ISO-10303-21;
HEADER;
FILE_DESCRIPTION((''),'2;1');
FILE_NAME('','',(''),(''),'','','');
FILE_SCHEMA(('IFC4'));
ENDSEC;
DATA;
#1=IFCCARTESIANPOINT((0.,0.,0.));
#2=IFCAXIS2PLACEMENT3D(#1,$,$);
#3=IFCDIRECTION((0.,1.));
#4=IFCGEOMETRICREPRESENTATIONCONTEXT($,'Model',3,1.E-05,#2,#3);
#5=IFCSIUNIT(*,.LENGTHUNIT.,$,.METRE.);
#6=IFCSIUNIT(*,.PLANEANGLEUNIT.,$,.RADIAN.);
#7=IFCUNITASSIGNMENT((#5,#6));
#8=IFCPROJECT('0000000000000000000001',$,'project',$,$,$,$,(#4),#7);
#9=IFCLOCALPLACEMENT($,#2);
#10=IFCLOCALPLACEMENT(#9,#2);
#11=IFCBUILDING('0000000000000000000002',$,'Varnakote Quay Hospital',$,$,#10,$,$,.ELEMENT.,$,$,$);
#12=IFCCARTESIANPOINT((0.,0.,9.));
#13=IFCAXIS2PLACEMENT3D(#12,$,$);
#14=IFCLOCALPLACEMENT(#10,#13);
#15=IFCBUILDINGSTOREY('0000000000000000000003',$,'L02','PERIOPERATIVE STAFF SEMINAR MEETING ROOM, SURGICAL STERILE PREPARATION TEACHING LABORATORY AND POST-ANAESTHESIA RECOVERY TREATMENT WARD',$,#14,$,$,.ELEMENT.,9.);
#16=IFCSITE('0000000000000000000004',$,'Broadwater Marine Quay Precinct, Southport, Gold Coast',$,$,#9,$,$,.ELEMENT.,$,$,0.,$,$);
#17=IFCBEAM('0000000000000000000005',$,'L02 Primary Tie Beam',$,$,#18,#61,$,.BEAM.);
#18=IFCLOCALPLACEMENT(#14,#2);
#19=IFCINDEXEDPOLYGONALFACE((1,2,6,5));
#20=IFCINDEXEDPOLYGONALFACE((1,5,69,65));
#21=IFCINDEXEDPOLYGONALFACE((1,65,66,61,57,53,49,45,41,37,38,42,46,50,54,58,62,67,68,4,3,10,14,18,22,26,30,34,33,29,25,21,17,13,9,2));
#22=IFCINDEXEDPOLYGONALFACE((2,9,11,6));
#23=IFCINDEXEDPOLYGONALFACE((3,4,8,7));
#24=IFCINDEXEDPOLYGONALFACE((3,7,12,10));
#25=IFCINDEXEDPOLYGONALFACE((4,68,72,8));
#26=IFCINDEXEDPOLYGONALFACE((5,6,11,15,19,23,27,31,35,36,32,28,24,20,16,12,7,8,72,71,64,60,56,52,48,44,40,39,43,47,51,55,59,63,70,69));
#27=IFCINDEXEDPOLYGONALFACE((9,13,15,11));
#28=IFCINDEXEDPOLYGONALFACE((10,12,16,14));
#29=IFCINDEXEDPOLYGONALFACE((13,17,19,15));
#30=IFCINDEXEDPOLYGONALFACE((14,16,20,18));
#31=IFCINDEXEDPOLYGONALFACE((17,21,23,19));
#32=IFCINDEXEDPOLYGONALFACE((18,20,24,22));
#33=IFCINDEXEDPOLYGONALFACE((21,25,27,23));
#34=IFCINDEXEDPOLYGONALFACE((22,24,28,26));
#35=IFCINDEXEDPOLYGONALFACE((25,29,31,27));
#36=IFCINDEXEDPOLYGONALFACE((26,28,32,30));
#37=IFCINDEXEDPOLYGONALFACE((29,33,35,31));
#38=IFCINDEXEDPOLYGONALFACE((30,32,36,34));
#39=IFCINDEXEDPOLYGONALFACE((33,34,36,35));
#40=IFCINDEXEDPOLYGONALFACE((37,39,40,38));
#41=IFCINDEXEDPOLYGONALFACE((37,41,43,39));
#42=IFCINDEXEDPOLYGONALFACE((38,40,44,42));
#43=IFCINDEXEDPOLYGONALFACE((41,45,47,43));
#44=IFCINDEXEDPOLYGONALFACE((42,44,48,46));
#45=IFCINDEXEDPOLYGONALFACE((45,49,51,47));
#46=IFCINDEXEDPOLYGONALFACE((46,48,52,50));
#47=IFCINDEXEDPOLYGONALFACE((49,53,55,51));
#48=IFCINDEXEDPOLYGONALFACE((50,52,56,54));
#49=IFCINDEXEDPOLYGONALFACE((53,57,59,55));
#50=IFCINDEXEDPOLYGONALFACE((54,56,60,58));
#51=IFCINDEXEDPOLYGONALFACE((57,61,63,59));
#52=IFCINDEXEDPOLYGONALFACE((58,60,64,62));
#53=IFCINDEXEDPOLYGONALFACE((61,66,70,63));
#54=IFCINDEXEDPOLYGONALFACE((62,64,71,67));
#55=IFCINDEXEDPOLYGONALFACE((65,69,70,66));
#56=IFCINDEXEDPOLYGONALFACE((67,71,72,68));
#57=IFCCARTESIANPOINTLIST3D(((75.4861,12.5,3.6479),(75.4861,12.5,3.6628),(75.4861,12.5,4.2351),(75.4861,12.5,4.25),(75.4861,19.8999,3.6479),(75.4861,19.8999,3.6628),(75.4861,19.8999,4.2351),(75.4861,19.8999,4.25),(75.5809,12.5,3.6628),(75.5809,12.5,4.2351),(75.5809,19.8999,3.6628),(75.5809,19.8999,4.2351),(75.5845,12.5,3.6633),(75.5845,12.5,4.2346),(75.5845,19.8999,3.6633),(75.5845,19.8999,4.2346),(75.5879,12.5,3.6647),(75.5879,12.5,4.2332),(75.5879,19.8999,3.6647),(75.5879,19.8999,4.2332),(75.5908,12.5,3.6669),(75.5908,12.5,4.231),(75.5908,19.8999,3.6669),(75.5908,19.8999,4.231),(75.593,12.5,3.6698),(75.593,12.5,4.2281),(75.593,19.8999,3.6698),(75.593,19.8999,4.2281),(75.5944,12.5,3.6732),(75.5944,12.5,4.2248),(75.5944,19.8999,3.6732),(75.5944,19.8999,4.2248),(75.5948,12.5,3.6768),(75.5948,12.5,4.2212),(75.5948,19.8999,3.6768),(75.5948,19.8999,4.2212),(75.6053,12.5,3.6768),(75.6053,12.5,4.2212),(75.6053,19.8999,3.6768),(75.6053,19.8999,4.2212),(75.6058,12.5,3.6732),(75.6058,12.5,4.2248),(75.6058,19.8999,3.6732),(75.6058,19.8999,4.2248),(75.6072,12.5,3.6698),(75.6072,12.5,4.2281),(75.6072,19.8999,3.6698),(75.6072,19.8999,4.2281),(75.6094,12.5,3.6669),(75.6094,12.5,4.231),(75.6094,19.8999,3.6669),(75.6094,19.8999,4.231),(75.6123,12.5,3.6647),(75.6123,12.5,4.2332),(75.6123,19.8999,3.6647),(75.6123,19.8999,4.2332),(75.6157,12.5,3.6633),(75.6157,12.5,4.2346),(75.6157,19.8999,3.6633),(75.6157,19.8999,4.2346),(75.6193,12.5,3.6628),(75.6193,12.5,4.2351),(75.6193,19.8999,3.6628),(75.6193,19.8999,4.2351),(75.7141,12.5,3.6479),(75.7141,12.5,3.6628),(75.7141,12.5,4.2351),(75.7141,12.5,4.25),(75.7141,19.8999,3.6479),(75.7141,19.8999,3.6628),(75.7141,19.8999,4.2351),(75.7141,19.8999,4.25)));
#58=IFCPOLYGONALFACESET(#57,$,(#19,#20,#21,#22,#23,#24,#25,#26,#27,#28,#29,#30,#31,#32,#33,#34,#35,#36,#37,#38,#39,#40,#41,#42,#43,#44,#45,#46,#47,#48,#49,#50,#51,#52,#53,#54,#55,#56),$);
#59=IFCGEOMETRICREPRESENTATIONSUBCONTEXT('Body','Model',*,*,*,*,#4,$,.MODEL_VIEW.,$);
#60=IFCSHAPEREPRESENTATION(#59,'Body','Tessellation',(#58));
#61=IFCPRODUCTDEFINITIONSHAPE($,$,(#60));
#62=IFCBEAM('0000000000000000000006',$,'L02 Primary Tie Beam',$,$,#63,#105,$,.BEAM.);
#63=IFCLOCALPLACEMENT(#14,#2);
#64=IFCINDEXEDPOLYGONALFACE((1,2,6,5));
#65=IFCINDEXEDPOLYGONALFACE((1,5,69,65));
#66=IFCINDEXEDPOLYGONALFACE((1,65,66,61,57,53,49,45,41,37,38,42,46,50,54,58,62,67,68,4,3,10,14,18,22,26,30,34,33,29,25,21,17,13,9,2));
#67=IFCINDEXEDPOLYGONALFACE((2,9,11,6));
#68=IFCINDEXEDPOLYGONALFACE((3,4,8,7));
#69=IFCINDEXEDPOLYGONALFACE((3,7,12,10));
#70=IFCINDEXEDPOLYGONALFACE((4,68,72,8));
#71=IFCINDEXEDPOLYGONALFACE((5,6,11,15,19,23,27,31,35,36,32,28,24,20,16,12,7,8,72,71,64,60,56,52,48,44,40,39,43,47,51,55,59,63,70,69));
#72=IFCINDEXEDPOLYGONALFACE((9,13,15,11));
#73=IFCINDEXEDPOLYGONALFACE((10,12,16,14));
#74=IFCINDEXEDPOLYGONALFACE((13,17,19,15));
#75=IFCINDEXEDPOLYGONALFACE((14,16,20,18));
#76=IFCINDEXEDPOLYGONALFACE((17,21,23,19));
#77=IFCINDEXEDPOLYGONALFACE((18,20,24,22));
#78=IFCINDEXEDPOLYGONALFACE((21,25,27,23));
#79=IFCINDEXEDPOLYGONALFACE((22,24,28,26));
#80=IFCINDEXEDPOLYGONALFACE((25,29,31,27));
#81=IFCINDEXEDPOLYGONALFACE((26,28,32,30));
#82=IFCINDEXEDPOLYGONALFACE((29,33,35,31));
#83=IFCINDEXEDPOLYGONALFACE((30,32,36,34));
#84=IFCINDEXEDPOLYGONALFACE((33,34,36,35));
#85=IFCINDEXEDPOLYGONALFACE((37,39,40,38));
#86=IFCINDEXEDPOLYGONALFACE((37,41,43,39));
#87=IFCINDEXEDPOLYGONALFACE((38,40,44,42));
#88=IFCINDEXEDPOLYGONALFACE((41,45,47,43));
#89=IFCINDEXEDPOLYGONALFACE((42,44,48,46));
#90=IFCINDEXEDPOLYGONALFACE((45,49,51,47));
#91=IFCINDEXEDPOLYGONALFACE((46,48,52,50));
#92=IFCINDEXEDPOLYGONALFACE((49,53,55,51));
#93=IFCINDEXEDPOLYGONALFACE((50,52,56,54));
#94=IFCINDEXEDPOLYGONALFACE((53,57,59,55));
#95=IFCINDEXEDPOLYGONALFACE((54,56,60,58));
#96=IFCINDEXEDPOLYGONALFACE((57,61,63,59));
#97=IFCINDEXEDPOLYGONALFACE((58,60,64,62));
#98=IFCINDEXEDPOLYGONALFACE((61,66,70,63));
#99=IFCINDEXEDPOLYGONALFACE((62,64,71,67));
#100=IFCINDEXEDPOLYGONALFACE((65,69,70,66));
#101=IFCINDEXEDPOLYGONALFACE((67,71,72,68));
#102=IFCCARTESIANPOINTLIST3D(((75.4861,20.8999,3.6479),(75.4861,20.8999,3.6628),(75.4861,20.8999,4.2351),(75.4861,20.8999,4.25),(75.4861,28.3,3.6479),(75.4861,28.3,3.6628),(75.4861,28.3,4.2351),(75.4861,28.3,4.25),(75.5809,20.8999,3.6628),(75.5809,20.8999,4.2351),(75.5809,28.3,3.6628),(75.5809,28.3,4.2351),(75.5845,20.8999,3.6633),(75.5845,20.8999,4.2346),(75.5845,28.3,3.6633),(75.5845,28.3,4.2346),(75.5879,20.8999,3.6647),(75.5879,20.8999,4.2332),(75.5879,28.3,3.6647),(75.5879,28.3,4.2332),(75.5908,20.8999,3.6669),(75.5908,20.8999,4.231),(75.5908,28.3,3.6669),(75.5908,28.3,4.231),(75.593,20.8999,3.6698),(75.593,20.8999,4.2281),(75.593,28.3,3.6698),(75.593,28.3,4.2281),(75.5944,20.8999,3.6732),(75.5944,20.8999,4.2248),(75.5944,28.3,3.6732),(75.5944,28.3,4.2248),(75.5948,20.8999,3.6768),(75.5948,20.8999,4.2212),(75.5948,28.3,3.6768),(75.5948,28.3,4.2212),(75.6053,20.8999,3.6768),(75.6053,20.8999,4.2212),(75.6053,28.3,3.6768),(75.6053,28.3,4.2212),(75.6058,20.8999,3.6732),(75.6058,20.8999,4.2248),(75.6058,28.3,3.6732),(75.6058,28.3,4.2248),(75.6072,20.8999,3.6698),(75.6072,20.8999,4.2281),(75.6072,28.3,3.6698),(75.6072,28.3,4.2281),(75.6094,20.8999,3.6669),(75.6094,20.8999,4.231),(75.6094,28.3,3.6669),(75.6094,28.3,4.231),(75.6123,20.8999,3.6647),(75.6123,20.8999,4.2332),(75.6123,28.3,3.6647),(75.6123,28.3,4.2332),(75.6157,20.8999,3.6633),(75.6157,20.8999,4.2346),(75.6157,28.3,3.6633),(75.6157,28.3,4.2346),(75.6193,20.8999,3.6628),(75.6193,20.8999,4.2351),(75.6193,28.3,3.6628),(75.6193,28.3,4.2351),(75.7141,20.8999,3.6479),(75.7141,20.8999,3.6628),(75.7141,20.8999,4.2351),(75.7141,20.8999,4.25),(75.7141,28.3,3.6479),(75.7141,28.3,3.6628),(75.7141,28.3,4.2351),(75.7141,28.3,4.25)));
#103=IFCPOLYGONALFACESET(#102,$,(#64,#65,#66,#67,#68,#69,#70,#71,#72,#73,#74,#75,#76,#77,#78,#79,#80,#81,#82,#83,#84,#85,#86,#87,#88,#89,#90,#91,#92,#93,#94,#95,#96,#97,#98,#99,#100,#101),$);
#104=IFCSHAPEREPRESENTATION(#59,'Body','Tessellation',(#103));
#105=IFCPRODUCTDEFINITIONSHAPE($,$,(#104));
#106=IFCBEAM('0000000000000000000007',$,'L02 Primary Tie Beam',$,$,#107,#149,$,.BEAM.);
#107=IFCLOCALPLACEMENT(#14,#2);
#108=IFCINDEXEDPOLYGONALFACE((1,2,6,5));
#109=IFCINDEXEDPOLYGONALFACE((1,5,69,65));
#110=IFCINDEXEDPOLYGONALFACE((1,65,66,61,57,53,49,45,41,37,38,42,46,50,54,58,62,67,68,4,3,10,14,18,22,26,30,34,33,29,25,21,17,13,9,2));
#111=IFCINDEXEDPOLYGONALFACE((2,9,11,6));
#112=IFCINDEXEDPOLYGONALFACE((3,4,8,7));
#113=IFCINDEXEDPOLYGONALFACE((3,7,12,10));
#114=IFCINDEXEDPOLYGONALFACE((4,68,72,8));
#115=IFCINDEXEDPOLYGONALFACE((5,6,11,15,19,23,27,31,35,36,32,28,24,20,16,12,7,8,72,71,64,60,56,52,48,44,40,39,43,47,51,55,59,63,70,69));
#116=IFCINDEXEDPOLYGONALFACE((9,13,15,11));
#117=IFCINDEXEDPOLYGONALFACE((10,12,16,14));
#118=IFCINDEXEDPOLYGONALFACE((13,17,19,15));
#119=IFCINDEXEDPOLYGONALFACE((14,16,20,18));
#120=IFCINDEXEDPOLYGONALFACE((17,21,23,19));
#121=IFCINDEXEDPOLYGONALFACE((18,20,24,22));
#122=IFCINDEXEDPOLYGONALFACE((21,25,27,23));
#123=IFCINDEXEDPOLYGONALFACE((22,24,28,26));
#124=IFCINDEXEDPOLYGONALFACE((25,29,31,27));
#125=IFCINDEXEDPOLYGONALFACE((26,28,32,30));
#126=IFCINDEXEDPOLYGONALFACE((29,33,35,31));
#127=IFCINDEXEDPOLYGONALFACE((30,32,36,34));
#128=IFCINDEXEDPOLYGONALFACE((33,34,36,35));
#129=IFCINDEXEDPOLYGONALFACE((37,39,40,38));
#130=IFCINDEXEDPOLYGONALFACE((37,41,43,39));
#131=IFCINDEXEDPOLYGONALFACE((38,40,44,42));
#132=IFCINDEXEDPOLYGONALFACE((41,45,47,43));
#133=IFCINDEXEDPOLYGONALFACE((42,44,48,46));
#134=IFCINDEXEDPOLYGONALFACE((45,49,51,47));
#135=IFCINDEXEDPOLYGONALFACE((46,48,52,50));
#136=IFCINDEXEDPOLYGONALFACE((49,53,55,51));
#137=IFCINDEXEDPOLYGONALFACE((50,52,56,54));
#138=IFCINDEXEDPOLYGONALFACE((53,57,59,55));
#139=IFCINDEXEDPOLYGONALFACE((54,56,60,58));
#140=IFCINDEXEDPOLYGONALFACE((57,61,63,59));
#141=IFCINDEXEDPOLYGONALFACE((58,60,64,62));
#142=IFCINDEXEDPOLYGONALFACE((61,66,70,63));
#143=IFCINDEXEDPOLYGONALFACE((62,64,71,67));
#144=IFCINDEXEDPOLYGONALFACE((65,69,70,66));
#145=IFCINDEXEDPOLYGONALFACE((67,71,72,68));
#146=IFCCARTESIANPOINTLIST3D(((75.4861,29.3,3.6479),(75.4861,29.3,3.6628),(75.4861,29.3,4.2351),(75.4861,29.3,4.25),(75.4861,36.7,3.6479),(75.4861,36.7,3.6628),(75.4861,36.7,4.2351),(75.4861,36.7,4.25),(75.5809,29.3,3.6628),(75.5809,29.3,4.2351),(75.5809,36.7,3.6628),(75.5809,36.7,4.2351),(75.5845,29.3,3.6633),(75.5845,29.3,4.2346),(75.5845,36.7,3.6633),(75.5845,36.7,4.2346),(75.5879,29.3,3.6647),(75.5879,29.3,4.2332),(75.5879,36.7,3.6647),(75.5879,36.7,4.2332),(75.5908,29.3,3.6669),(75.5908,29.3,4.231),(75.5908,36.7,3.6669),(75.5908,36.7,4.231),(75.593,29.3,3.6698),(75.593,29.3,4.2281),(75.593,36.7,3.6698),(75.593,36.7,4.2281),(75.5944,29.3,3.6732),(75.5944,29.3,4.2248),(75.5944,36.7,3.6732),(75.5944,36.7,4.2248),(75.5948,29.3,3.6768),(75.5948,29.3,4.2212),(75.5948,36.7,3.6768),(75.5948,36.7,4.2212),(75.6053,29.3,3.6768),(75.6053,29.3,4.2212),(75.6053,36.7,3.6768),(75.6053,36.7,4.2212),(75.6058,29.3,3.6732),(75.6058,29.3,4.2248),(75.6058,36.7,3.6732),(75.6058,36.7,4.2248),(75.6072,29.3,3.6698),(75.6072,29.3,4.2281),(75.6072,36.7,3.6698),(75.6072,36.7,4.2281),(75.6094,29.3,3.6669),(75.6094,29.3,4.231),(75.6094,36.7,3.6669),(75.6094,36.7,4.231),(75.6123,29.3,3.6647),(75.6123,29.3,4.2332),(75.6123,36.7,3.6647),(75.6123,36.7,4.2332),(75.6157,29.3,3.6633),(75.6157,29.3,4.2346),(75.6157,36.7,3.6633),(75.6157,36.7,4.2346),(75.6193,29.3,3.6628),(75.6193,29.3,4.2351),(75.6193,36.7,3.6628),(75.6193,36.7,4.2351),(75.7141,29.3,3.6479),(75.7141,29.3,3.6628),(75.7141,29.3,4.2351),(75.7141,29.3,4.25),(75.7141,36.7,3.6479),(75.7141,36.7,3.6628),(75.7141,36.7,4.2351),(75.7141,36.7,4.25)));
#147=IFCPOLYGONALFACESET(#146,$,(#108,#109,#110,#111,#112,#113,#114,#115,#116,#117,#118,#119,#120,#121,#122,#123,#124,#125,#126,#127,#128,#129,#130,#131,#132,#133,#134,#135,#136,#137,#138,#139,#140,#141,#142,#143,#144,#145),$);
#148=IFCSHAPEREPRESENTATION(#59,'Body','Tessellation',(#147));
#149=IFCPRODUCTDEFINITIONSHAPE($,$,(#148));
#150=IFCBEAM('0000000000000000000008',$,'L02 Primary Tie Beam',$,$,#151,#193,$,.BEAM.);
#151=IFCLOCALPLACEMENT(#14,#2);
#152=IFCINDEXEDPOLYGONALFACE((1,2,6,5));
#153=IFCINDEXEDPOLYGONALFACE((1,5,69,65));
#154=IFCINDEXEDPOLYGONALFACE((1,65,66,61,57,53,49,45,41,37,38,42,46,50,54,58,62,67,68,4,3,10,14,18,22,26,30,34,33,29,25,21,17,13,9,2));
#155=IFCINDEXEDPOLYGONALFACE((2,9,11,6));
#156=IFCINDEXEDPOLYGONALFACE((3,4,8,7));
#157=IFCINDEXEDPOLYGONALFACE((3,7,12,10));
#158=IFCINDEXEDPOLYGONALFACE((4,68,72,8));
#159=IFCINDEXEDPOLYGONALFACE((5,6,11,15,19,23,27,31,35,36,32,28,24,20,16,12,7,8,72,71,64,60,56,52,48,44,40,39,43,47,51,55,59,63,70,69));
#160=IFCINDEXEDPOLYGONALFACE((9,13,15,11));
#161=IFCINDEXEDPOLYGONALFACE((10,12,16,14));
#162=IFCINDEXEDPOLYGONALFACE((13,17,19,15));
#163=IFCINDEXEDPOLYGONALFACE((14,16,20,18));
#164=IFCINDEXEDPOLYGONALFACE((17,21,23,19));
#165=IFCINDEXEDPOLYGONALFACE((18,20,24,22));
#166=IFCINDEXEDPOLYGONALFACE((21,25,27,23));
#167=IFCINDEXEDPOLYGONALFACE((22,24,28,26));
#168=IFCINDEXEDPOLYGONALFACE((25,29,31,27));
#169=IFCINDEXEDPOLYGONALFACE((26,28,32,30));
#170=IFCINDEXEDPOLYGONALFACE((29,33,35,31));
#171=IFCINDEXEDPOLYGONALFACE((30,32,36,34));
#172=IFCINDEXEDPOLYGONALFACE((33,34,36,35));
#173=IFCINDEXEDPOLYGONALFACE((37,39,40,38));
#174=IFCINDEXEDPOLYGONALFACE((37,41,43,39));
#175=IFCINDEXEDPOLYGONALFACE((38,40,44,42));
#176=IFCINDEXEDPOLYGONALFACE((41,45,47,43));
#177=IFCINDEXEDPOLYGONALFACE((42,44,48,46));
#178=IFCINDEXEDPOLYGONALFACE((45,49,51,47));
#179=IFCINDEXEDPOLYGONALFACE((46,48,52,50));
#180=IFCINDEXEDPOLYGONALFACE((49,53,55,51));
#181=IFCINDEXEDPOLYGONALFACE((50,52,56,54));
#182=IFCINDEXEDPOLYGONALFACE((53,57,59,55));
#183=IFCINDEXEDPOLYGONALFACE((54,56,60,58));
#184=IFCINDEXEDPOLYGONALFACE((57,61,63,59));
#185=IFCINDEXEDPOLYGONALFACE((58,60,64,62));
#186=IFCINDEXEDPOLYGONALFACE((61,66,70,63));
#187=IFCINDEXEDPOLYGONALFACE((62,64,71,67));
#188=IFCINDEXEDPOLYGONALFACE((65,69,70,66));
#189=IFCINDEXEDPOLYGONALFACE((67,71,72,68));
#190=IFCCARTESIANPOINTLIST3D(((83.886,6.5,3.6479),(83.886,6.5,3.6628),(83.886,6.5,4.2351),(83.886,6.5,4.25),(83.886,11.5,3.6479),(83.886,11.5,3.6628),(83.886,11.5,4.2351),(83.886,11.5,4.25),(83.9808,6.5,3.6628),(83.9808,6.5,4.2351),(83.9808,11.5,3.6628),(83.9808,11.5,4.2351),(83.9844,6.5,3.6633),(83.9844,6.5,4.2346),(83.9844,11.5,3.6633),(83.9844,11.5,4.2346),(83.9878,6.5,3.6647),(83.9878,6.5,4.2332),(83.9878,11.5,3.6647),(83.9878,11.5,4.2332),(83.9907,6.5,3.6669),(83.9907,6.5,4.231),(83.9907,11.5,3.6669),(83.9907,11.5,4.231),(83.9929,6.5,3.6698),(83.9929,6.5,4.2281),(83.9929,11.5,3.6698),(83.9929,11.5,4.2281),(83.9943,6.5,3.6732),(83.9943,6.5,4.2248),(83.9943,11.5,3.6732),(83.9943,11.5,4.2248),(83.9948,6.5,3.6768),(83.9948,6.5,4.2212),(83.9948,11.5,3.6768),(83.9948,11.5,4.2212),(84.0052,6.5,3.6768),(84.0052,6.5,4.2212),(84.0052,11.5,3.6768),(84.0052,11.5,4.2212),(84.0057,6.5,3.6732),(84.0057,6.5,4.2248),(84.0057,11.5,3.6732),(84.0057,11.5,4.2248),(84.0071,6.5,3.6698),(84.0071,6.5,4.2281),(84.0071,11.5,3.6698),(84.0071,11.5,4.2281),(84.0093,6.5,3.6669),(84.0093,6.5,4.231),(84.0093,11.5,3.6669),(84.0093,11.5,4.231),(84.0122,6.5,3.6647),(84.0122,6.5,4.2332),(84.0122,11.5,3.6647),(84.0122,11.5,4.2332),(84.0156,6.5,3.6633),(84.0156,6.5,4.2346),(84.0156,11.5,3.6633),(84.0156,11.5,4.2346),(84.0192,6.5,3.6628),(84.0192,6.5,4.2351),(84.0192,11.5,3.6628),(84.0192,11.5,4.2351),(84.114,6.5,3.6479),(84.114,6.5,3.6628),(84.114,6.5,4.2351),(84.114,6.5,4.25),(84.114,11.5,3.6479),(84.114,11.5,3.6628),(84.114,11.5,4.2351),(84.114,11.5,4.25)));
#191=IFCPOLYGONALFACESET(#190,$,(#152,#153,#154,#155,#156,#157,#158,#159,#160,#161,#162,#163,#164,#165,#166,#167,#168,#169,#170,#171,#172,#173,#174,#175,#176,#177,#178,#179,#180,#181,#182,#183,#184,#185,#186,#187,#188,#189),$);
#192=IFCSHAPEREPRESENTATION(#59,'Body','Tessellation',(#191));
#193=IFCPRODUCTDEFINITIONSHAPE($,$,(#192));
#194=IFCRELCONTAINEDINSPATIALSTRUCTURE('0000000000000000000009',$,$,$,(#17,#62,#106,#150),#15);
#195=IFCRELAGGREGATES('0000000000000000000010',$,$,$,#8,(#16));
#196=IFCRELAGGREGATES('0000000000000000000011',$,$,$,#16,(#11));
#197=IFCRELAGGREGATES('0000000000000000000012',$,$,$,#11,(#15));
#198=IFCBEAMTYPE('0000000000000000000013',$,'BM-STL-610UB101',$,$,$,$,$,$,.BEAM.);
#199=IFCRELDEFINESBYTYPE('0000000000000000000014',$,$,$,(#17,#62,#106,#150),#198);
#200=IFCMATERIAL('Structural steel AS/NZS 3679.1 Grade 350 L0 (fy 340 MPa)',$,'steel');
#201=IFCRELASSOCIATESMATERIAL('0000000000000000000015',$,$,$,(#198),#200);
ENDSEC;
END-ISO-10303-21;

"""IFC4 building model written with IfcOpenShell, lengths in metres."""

from ifc_helpers import new_model, si_unit, direction, frame, origin, origin_2d, place, context, subcontext, project, spatial, i_section, extrude, material, material_profile, profile_set, type_object, element, save


model = new_model("IFC4")

# Units and contexts
model_context = context("Model", 3, precision=1e-05, world=origin(), true_north=direction((0.0, 1.0)))
body_context = subcontext(model_context, "Body", "Model", "MODEL_VIEW")
ifc_project = project(units=[si_unit("LENGTHUNIT", "METRE"), si_unit("PLANEANGLEUNIT", "RADIAN")], contexts=[model_context])

# Site, building, storey
site_placement = place(None, origin())
site = spatial("IfcSite", under=ifc_project, at=site_placement, Name="Broadwater Marine Quay Precinct, Southport, Gold Coast", CompositionType="ELEMENT", RefElevation=0.0)
building_placement = place(site_placement, origin())
building = spatial("IfcBuilding", under=site, at=building_placement, Name="Varnakote Quay Hospital", CompositionType="ELEMENT")
storey_placement = place(building_placement, frame((0.0, 0.0, 9.0)))
storey = spatial("IfcBuildingStorey", under=building, at=storey_placement, Name="L02", Description="PERIOPERATIVE STAFF SEMINAR MEETING ROOM, SURGICAL STERILE PREPARATION TEACHING LABORATORY AND POST-ANAESTHESIA RECOVERY TREATMENT WARD", CompositionType="ELEMENT", Elevation=9.0)

# Beams
ifc_material_1 = material(Name="Structural steel AS/NZS 3679.1 Grade 350 L0 (fy 340 MPa)", Category="steel")
ifc_material_profile_1 = material_profile(ifc_material_1, i_section(OverallWidth=0.228, OverallDepth=0.6021, WebThickness=0.0105, FlangeThickness=0.0149, FilletRadius=0.0139, at=origin_2d()), Name="610UB101")
ifc_profile_set_1 = profile_set([ifc_material_profile_1], Name="Structural steel AS/NZS 3679.1 Grade 350 L0 (fy 340 MPa)")
beam_type_1 = type_object("IfcBeamType", Name="BM-STL-610UB101", PredefinedType="BEAM", material=ifc_profile_set_1)
beam_1_placement = place(storey_placement, frame((75.6001, 12.5, 3.949), z_axis=(0.0, 1.0, 0.0), x_axis=(-1.0, 0.0, 0.0)))
element("IfcBeam", 1, at=beam_1_placement, inside=storey, type_object=beam_type_1, Name="L02 Primary Tie Beam", PredefinedType="BEAM", context=body_context, shape_type="SweptSolid", body=[
    extrude(i_section(OverallWidth=0.228, OverallDepth=0.6021, WebThickness=0.0105, FlangeThickness=0.0149, FilletRadius=0.0139, at=origin_2d()), origin(), (0.0, 0.0, 1.0), 7.3999),
])
beam_2_placement = place(storey_placement, frame((75.6001, 20.8999, 3.949), z_axis=(0.0, 1.0, 0.0), x_axis=(-1.0, 0.0, 0.0)))
element("IfcBeam", 2, at=beam_2_placement, inside=storey, type_object=beam_type_1, Name="L02 Primary Tie Beam", PredefinedType="BEAM", context=body_context, shape_type="SweptSolid", body=[
    extrude(i_section(OverallWidth=0.228, OverallDepth=0.6021, WebThickness=0.0105, FlangeThickness=0.0149, FilletRadius=0.0139, at=origin_2d()), origin(), (0.0, 0.0, 1.0), 7.4001),
])
beam_3_placement = place(storey_placement, frame((75.6001, 29.3, 3.949), z_axis=(0.0, 1.0, 0.0), x_axis=(-1.0, 0.0, 0.0)))
element("IfcBeam", 3, at=beam_3_placement, inside=storey, type_object=beam_type_1, Name="L02 Primary Tie Beam", PredefinedType="BEAM", context=body_context, shape_type="SweptSolid", body=[
    extrude(i_section(OverallWidth=0.228, OverallDepth=0.6021, WebThickness=0.0105, FlangeThickness=0.0149, FilletRadius=0.0139, at=origin_2d()), origin(), (0.0, 0.0, 1.0), 7.3999),
])
beam_4_placement = place(storey_placement, frame((84.0, 6.5, 3.949), z_axis=(0.0, 1.0, 0.0), x_axis=(-1.0, 0.0, 0.0)))
element("IfcBeam", 4, at=beam_4_placement, inside=storey, type_object=beam_type_1, Name="L02 Primary Tie Beam", PredefinedType="BEAM", context=body_context, shape_type="SweptSolid", body=[
    extrude(i_section(OverallWidth=0.228, OverallDepth=0.6021, WebThickness=0.0105, FlangeThickness=0.0149, FilletRadius=0.0139, at=origin_2d()), origin(), (0.0, 0.0, 1.0), 5.0),
])

save(model, "model.ifc")
